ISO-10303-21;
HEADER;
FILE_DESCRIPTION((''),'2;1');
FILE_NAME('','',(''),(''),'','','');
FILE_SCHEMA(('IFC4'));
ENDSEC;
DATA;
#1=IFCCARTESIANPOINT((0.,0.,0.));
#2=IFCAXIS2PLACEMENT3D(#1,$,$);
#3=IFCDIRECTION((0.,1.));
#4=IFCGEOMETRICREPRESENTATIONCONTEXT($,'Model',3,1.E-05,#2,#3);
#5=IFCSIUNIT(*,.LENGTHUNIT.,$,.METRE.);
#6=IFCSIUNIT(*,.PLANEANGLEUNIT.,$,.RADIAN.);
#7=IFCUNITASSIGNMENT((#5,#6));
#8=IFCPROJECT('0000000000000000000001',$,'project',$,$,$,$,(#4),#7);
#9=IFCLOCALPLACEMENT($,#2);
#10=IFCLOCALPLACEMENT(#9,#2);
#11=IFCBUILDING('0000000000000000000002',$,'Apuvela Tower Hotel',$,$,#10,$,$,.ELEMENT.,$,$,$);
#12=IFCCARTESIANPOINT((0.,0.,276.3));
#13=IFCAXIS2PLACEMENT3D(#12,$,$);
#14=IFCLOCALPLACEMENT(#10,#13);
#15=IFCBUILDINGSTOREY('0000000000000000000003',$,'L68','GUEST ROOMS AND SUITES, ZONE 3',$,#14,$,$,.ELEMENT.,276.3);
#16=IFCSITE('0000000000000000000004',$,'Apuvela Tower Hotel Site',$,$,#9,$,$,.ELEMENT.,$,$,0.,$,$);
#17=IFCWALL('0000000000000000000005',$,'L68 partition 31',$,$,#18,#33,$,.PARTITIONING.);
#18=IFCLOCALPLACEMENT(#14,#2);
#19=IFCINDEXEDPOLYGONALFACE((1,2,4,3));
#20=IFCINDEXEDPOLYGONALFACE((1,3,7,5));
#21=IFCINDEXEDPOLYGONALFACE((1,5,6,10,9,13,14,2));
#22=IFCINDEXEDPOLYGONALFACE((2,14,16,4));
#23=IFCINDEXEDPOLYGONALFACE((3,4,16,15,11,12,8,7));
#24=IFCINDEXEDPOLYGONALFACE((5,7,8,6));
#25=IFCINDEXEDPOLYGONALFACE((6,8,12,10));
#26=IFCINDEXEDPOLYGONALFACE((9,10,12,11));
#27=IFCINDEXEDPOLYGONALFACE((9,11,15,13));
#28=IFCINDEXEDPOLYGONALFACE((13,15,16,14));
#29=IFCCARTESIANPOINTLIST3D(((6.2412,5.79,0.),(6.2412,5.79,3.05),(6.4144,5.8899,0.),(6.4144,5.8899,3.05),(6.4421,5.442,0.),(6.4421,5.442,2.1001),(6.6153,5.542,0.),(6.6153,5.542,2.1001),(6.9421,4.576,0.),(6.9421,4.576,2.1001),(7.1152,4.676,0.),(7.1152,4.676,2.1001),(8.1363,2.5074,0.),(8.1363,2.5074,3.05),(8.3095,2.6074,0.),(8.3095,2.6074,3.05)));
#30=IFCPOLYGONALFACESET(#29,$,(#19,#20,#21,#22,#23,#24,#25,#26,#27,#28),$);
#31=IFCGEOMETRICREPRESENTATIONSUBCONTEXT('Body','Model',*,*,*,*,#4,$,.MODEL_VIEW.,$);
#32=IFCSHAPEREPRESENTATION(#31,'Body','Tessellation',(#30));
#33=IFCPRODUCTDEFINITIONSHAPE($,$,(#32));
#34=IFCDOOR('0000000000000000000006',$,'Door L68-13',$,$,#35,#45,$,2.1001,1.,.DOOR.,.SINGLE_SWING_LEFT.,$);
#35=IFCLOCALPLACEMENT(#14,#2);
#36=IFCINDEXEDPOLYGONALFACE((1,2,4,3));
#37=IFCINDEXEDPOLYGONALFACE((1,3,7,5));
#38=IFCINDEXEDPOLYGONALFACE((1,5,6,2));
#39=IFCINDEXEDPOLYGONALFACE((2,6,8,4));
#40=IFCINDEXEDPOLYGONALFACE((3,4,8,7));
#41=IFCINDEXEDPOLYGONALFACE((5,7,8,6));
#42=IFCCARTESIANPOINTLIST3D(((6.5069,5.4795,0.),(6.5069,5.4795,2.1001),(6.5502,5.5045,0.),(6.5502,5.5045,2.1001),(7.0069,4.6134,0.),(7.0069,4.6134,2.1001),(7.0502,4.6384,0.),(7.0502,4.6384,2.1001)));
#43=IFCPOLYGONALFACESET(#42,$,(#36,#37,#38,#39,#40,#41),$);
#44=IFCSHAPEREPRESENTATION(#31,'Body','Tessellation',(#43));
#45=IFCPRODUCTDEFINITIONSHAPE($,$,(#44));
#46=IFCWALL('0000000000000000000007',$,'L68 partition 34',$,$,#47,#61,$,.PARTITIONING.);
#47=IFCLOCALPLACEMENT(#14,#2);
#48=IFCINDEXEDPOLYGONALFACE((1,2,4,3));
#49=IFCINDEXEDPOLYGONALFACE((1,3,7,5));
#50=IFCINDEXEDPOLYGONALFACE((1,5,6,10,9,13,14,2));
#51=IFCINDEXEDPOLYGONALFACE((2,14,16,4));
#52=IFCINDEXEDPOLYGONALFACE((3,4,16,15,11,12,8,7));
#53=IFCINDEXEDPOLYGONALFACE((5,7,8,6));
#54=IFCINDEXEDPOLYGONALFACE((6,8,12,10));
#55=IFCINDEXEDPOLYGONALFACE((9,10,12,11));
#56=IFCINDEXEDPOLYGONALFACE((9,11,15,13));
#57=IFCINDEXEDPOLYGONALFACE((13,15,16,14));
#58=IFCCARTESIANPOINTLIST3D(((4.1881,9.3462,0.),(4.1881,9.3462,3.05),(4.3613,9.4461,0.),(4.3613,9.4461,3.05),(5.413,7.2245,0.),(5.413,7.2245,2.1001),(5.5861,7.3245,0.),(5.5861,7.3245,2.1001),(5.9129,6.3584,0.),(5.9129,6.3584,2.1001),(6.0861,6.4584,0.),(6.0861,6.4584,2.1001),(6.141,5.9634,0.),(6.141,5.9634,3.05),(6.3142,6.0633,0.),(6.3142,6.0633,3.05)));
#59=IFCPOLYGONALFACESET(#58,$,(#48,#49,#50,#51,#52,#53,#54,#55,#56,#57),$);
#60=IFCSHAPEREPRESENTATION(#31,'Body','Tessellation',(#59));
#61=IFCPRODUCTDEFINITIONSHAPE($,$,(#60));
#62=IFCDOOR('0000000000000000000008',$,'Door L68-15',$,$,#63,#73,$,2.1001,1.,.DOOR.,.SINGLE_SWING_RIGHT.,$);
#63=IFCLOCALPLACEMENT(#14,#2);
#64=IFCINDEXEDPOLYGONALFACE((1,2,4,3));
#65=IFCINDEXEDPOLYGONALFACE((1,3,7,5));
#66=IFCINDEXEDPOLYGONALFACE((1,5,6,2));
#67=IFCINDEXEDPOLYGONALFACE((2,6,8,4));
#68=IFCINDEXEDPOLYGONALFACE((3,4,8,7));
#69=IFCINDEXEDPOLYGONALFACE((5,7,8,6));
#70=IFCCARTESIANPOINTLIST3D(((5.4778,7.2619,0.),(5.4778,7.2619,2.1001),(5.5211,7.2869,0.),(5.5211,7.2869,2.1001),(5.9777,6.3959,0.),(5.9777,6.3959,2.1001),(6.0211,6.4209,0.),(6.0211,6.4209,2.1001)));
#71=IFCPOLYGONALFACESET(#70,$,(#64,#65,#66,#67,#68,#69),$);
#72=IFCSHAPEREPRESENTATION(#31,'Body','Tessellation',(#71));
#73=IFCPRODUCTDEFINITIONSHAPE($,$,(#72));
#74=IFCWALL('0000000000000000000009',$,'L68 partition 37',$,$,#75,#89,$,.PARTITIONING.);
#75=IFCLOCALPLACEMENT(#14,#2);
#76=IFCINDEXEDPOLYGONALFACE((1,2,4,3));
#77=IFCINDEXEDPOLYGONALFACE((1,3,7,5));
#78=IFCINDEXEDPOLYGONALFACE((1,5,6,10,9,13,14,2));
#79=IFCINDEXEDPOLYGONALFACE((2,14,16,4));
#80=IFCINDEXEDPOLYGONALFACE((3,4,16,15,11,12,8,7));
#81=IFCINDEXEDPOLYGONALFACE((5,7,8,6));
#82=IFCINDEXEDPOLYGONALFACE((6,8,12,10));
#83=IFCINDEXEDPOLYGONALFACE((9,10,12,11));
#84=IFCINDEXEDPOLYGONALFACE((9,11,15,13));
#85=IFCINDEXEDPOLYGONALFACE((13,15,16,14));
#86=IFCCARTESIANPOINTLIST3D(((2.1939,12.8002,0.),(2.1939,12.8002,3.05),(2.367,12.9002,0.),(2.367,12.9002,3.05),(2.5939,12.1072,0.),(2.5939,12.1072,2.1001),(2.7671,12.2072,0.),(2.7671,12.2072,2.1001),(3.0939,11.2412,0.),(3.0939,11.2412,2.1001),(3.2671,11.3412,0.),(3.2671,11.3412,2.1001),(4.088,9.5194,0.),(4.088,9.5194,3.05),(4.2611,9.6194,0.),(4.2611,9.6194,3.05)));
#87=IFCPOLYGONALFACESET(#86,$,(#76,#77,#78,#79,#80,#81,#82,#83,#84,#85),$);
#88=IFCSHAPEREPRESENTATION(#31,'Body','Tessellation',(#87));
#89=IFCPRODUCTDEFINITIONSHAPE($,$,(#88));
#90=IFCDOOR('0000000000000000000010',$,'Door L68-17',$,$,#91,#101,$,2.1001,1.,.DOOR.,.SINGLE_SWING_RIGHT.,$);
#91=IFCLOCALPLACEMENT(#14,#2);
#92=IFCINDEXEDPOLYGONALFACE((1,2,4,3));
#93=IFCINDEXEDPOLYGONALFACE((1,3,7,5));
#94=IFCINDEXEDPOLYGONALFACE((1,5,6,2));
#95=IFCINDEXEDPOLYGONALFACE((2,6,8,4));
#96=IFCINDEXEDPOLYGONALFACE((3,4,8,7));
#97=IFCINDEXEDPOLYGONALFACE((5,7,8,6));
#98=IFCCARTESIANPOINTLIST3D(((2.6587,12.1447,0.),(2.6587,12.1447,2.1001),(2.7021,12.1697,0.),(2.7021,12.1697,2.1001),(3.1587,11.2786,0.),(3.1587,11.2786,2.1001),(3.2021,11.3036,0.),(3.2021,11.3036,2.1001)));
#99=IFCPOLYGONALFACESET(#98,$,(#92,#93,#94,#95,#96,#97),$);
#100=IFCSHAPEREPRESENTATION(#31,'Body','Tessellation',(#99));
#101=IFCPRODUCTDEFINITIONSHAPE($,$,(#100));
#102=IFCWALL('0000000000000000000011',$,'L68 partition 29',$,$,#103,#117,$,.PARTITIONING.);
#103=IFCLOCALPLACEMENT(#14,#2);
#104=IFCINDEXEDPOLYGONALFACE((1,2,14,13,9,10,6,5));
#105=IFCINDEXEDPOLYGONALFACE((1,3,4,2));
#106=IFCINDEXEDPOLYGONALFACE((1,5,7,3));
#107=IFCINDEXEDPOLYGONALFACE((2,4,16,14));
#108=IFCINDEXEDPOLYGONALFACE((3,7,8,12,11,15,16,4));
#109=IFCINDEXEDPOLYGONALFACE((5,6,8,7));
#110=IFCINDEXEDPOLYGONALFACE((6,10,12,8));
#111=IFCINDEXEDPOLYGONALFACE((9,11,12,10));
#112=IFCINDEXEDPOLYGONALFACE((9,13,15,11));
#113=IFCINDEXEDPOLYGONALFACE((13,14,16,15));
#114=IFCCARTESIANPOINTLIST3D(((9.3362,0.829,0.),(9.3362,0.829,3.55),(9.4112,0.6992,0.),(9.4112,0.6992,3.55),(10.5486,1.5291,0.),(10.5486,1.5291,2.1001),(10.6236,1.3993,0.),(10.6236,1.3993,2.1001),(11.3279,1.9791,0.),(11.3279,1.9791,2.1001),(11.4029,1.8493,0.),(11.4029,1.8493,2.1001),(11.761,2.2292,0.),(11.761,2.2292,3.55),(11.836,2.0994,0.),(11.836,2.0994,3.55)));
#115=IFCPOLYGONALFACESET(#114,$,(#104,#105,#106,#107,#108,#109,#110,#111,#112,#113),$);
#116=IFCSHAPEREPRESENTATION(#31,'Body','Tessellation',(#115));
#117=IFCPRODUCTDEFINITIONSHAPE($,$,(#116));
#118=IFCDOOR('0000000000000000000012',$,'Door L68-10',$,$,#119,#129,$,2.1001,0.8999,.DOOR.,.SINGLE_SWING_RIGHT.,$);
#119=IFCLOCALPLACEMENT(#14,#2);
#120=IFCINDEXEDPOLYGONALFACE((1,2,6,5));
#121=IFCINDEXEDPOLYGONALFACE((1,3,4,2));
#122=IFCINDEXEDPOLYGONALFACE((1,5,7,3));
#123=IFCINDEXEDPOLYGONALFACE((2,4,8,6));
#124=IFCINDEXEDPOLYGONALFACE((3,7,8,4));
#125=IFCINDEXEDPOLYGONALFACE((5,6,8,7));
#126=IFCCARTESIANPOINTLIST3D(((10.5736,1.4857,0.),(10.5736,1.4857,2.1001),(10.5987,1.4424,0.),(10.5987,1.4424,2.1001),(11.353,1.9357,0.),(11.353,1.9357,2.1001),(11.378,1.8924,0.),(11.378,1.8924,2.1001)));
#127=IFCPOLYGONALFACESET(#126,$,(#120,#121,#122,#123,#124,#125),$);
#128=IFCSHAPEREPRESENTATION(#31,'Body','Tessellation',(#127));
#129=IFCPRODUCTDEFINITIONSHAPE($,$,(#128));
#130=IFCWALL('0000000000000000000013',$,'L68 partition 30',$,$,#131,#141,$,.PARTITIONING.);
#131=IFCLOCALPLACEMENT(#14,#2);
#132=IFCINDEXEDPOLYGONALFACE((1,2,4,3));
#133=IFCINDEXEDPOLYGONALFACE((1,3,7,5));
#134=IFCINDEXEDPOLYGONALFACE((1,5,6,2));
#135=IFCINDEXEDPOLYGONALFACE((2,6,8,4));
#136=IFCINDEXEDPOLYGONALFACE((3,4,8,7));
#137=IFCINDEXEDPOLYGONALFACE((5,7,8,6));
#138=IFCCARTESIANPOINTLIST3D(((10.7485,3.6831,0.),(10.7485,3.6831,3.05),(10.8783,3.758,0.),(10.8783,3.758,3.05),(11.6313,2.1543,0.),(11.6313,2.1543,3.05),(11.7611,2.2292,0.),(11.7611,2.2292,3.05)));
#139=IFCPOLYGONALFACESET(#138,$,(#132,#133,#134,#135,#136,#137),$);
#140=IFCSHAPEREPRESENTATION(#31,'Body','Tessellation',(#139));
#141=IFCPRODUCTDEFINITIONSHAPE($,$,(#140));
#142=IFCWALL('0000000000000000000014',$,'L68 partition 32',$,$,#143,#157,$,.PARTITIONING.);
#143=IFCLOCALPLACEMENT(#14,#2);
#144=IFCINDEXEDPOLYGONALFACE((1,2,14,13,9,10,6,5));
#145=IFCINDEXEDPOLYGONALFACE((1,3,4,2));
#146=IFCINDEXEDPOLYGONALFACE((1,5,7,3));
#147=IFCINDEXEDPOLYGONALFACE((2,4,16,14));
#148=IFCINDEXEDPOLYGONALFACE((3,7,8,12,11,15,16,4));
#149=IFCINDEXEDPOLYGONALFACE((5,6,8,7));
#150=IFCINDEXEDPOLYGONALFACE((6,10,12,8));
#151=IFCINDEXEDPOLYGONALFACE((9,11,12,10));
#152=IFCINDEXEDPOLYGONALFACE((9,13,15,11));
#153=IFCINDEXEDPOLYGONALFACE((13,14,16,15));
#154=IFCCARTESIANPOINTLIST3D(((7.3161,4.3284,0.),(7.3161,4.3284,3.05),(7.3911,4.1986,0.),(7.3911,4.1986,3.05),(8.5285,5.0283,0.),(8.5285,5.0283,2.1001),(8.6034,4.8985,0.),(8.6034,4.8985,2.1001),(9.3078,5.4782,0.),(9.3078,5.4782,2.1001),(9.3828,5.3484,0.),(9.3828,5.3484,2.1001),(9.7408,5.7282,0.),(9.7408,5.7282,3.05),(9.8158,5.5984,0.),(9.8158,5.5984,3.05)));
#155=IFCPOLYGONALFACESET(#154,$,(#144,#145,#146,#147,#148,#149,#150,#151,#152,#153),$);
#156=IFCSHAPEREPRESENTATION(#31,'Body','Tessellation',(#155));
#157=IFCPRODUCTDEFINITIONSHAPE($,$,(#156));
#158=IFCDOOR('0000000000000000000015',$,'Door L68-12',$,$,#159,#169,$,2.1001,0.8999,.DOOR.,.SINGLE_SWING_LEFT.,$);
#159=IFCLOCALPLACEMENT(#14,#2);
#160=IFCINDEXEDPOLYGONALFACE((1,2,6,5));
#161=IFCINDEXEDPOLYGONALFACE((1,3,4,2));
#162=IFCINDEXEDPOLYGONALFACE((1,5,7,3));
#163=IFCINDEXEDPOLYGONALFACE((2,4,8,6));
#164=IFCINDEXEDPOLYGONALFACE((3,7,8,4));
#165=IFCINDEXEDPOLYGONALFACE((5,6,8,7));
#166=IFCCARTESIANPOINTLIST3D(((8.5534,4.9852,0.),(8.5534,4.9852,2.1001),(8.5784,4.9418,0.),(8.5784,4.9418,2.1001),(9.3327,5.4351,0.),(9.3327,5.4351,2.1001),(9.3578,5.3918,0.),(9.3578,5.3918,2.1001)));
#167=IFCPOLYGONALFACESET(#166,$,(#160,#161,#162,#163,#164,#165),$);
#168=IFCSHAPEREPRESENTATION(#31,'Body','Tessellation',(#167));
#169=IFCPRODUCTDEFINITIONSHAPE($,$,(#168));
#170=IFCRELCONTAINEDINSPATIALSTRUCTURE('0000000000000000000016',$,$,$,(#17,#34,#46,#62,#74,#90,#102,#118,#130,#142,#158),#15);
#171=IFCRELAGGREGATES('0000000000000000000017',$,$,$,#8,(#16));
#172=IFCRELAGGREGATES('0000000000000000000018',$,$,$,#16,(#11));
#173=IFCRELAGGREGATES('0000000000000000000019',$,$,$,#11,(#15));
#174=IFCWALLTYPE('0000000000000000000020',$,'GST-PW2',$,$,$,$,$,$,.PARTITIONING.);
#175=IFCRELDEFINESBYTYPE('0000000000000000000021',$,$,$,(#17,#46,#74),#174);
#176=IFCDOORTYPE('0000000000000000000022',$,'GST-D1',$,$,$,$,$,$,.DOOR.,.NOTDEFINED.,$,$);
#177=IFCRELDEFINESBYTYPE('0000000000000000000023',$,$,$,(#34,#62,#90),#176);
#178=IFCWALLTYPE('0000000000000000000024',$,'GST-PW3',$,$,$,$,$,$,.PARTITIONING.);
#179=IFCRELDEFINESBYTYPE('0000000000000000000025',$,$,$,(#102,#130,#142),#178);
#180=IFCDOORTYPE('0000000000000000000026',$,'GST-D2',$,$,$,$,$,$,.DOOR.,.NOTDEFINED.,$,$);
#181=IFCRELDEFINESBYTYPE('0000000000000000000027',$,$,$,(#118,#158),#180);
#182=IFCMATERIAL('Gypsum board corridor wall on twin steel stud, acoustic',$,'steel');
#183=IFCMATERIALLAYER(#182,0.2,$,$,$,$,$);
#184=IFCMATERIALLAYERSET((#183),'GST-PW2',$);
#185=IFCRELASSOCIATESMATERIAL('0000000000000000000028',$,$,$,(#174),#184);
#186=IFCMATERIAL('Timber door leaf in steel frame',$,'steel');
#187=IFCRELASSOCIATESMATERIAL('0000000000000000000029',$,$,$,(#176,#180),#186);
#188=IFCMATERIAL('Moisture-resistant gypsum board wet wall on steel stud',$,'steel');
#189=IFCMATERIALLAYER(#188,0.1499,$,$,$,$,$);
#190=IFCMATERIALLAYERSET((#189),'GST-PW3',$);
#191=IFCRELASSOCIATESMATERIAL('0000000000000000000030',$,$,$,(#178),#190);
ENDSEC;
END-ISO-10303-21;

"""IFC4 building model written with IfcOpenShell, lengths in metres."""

from ifc_helpers import new_model, si_unit, direction, frame, frame_2d, origin, place, context, subcontext, project, spatial, rectangle, extrude, material, layer, layer_set, type_object, element, fill, save


model = new_model("IFC4")

# Units and contexts
model_context = context("Model", 3, precision=1e-05, world=origin(), true_north=direction((0.0, 1.0)))
body_context = subcontext(model_context, "Body", "Model", "MODEL_VIEW")
ifc_project = project(units=[si_unit("LENGTHUNIT", "METRE"), si_unit("PLANEANGLEUNIT", "RADIAN")], contexts=[model_context])

# Site, building, storey
site_placement = place(None, origin())
site = spatial("IfcSite", under=ifc_project, at=site_placement, Name="Apuvela Tower Hotel Site", CompositionType="ELEMENT", RefElevation=0.0)
building_placement = place(site_placement, origin())
building = spatial("IfcBuilding", under=site, at=building_placement, Name="Apuvela Tower Hotel", CompositionType="ELEMENT")
storey_placement = place(building_placement, frame((0.0, 0.0, 276.3)))
storey = spatial("IfcBuildingStorey", under=building, at=storey_placement, Name="L68", Description="GUEST ROOMS AND SUITES, ZONE 3", CompositionType="ELEMENT", Elevation=276.3)

# Walls, openings, doors
ifc_material_1 = material(Name="Gypsum board corridor wall on twin steel stud, acoustic", Category="steel")
ifc_layer_1 = layer(ifc_material_1, 0.2)
ifc_layer_set_1 = layer_set([ifc_layer_1], Name="GST-PW2")
wall_type_1 = type_object("IfcWallType", Name="GST-PW2", PredefinedType="PARTITIONING", material=ifc_layer_set_1)
ifc_material_2 = material(Name="Timber door leaf in steel frame", Category="steel")
door_type_1 = type_object("IfcDoorType", Name="GST-D1", OperationType="NOTDEFINED", PredefinedType="DOOR", material=ifc_material_2)
wall_1_placement = place(storey_placement, frame((6.3279, 5.8398, 0.0), z_axis=(0.0, 0.0, 1.0), x_axis=(0.499977, -0.866039, 0.0)))
wall_1 = element("IfcWall", 1, at=wall_1_placement, inside=storey, type_object=wall_type_1, Name="L68 partition 31", PredefinedType="PARTITIONING", context=body_context, shape_type="SweptSolid", body=[
    extrude(rectangle(XDim=3.7903, YDim=0.2, at=frame_2d((1.895, 0.0))), origin(), (0.0, 0.0, 1.0), 3.05),
])
opening_1_placement = place(wall_1_placement, frame((0.4016, 0.0, 0.0)))
opening_1 = element("IfcOpeningElement", 2, at=opening_1_placement, cuts=wall_1, PredefinedType="OPENING", context=body_context, shape_type="SweptSolid", body=[
    extrude(rectangle(XDim=1.0, YDim=2.1001, at=frame_2d((0.5, 1.05))), frame((0.0, 0.1099, 0.0), z_axis=(0.0, -1.0, 0.0), x_axis=(1.0, 0.0, 0.0)), (0.0, 0.0, 1.0), 0.22),
])
door_1_placement = place(opening_1_placement, origin())
door_1 = element("IfcDoor", 3, at=door_1_placement, inside=storey, type_object=door_type_1, Name="Door L68-13", OperationType="SINGLE_SWING_LEFT", OverallHeight=2.1001, OverallWidth=1.0, PredefinedType="DOOR", context=body_context, shape_type="SweptSolid", body=[
    extrude(rectangle(XDim=1.0, YDim=2.1001, at=frame_2d((0.5, 1.05))), frame((0.0, 0.0249, 0.0), z_axis=(0.0, -1.0, 0.0), x_axis=(1.0, 0.0, 0.0)), (0.0, 0.0, 1.0), 0.05),
])
fill(opening_1, door_1)
wall_2_placement = place(storey_placement, frame((4.2747, 9.3962, 0.0), z_axis=(0.0, 0.0, 1.0), x_axis=(0.499964, -0.866046, 0.0)))
wall_2 = element("IfcWall", 4, at=wall_2_placement, inside=storey, type_object=wall_type_1, Name="L68 partition 34", PredefinedType="PARTITIONING", context=body_context, shape_type="SweptSolid", body=[
    extrude(rectangle(XDim=3.906, YDim=0.2, at=frame_2d((1.9531, 0.0))), origin(), (0.0, 0.0, 1.0), 3.05),
])
opening_2_placement = place(wall_2_placement, frame((2.45, 0.0, 0.0)))
opening_2 = element("IfcOpeningElement", 5, at=opening_2_placement, cuts=wall_2, PredefinedType="OPENING", context=body_context, shape_type="SweptSolid", body=[
    extrude(rectangle(XDim=1.0, YDim=2.1001, at=frame_2d((0.5, 1.05))), frame((0.0, 0.1099, 0.0), z_axis=(0.0, -1.0, 0.0), x_axis=(1.0, 0.0, 0.0)), (0.0, 0.0, 1.0), 0.22),
])
door_2_placement = place(opening_2_placement, origin())
door_2 = element("IfcDoor", 6, at=door_2_placement, inside=storey, type_object=door_type_1, Name="Door L68-15", OperationType="SINGLE_SWING_RIGHT", OverallHeight=2.1001, OverallWidth=1.0, PredefinedType="DOOR", context=body_context, shape_type="SweptSolid", body=[
    extrude(rectangle(XDim=1.0, YDim=2.1001, at=frame_2d((0.5, 1.05))), frame((0.0, 0.0249, 0.0), z_axis=(0.0, -1.0, 0.0), x_axis=(1.0, 0.0, 0.0)), (0.0, 0.0, 1.0), 0.05),
])
fill(opening_2, door_2)
wall_3_placement = place(storey_placement, frame((2.2805, 12.8501, 0.0), z_axis=(0.0, 0.0, 1.0), x_axis=(0.499979, -0.866037, 0.0)))
wall_3 = element("IfcWall", 7, at=wall_3_placement, inside=storey, type_object=wall_type_1, Name="L68 partition 37", PredefinedType="PARTITIONING", context=body_context, shape_type="SweptSolid", body=[
    extrude(rectangle(XDim=3.7883, YDim=0.2, at=frame_2d((1.894, 0.0))), origin(), (0.0, 0.0, 1.0), 3.05),
])
opening_3_placement = place(wall_3_placement, frame((0.8, 0.0, 0.0)))
opening_3 = element("IfcOpeningElement", 8, at=opening_3_placement, cuts=wall_3, PredefinedType="OPENING", context=body_context, shape_type="SweptSolid", body=[
    extrude(rectangle(XDim=1.0, YDim=2.1001, at=frame_2d((0.5, 1.05))), frame((0.0, 0.1099, 0.0), z_axis=(0.0, -1.0, 0.0), x_axis=(1.0, 0.0, 0.0)), (0.0, 0.0, 1.0), 0.22),
])
door_3_placement = place(opening_3_placement, origin())
door_3 = element("IfcDoor", 9, at=door_3_placement, inside=storey, type_object=door_type_1, Name="Door L68-17", OperationType="SINGLE_SWING_RIGHT", OverallHeight=2.1001, OverallWidth=1.0, PredefinedType="DOOR", context=body_context, shape_type="SweptSolid", body=[
    extrude(rectangle(XDim=1.0, YDim=2.1001, at=frame_2d((0.5, 1.05))), frame((0.0, 0.0249, 0.0), z_axis=(0.0, -1.0, 0.0), x_axis=(1.0, 0.0, 0.0)), (0.0, 0.0, 1.0), 0.05),
])
fill(opening_3, door_3)
ifc_material_3 = material(Name="Moisture-resistant gypsum board wet wall on steel stud", Category="steel")
ifc_layer_2 = layer(ifc_material_3, 0.1499)
ifc_layer_set_2 = layer_set([ifc_layer_2], Name="GST-PW3")
wall_type_2 = type_object("IfcWallType", Name="GST-PW3", PredefinedType="PARTITIONING", material=ifc_layer_set_2)
wall_4_placement = place(storey_placement, frame((9.3738, 0.7642, 0.0), z_axis=(0.0, 0.0, 1.0), x_axis=(0.865997, 0.50005, 0.0)))
wall_4 = element("IfcWall", 10, at=wall_4_placement, inside=storey, type_object=wall_type_2, Name="L68 partition 29", PredefinedType="PARTITIONING", context=body_context, shape_type="SweptSolid", body=[
    extrude(rectangle(XDim=2.8, YDim=0.1499, at=frame_2d((1.3999, 0.0))), origin(), (0.0, 0.0, 1.0), 3.55),
])
opening_4_placement = place(wall_4_placement, frame((1.3999, 0.0, 0.0)))
opening_4 = element("IfcOpeningElement", 11, at=opening_4_placement, cuts=wall_4, PredefinedType="OPENING", context=body_context, shape_type="SweptSolid", body=[
    extrude(rectangle(XDim=0.8999, YDim=2.1001, at=frame_2d((0.45, 1.05))), frame((0.0, 0.085, 0.0), z_axis=(0.0, -1.0, 0.0), x_axis=(1.0, 0.0, 0.0)), (0.0, 0.0, 1.0), 0.1699),
])
door_type_2 = type_object("IfcDoorType", Name="GST-D2", OperationType="NOTDEFINED", PredefinedType="DOOR", material=ifc_material_2)
door_4_placement = place(opening_4_placement, origin())
door_4 = element("IfcDoor", 12, at=door_4_placement, inside=storey, type_object=door_type_2, Name="Door L68-10", OperationType="SINGLE_SWING_RIGHT", OverallHeight=2.1001, OverallWidth=0.8999, PredefinedType="DOOR", context=body_context, shape_type="SweptSolid", body=[
    extrude(rectangle(XDim=0.8999, YDim=2.1001, at=frame_2d((0.45, 1.05))), frame((0.0, 0.0249, 0.0), z_axis=(0.0, -1.0, 0.0), x_axis=(1.0, 0.0, 0.0)), (0.0, 0.0, 1.0), 0.05),
])
fill(opening_4, door_4)

# Wall
wall_5_placement = place(storey_placement, frame((11.6963, 2.1917, 0.0), z_axis=(0.0, 0.0, 1.0), x_axis=(-0.500066, 0.865988, 0.0)))
element("IfcWall", 13, at=wall_5_placement, inside=storey, type_object=wall_type_2, Name="L68 partition 30", PredefinedType="PARTITIONING", context=body_context, shape_type="SweptSolid", body=[
    extrude(rectangle(XDim=1.7654, YDim=0.1499, at=frame_2d((0.8828, 0.0))), origin(), (0.0, 0.0, 1.0), 3.05),
])

# Wall, opening, door
wall_6_placement = place(storey_placement, frame((9.7783, 5.6633, 0.0), z_axis=(0.0, 0.0, 1.0), x_axis=(-0.866035, -0.499984, 0.0)))
wall_6 = element("IfcWall", 14, at=wall_6_placement, inside=storey, type_object=wall_type_2, Name="L68 partition 32", PredefinedType="PARTITIONING", context=body_context, shape_type="SweptSolid", body=[
    extrude(rectangle(XDim=2.7998, YDim=0.1499, at=frame_2d((1.3999, 0.0))), origin(), (0.0, 0.0, 1.0), 3.05),
])
opening_5_placement = place(wall_6_placement, frame((0.5, 0.0, 0.0)))
opening_5 = element("IfcOpeningElement", 15, at=opening_5_placement, cuts=wall_6, PredefinedType="OPENING", context=body_context, shape_type="SweptSolid", body=[
    extrude(rectangle(XDim=0.8999, YDim=2.1001, at=frame_2d((0.45, 1.05))), frame((0.0, 0.085, 0.0), z_axis=(0.0, -1.0, 0.0), x_axis=(1.0, 0.0, 0.0)), (0.0, 0.0, 1.0), 0.1699),
])
door_5_placement = place(opening_5_placement, origin())
door_5 = element("IfcDoor", 16, at=door_5_placement, inside=storey, type_object=door_type_2, Name="Door L68-12", OperationType="SINGLE_SWING_LEFT", OverallHeight=2.1001, OverallWidth=0.8999, PredefinedType="DOOR", context=body_context, shape_type="SweptSolid", body=[
    extrude(rectangle(XDim=0.8999, YDim=2.1001, at=frame_2d((0.45, 1.05))), frame((0.0, 0.0249, 0.0), z_axis=(0.0, -1.0, 0.0), x_axis=(1.0, 0.0, 0.0)), (0.0, 0.0, 1.0), 0.05),
])
fill(opening_5, door_5)

save(model, "model.ifc")
